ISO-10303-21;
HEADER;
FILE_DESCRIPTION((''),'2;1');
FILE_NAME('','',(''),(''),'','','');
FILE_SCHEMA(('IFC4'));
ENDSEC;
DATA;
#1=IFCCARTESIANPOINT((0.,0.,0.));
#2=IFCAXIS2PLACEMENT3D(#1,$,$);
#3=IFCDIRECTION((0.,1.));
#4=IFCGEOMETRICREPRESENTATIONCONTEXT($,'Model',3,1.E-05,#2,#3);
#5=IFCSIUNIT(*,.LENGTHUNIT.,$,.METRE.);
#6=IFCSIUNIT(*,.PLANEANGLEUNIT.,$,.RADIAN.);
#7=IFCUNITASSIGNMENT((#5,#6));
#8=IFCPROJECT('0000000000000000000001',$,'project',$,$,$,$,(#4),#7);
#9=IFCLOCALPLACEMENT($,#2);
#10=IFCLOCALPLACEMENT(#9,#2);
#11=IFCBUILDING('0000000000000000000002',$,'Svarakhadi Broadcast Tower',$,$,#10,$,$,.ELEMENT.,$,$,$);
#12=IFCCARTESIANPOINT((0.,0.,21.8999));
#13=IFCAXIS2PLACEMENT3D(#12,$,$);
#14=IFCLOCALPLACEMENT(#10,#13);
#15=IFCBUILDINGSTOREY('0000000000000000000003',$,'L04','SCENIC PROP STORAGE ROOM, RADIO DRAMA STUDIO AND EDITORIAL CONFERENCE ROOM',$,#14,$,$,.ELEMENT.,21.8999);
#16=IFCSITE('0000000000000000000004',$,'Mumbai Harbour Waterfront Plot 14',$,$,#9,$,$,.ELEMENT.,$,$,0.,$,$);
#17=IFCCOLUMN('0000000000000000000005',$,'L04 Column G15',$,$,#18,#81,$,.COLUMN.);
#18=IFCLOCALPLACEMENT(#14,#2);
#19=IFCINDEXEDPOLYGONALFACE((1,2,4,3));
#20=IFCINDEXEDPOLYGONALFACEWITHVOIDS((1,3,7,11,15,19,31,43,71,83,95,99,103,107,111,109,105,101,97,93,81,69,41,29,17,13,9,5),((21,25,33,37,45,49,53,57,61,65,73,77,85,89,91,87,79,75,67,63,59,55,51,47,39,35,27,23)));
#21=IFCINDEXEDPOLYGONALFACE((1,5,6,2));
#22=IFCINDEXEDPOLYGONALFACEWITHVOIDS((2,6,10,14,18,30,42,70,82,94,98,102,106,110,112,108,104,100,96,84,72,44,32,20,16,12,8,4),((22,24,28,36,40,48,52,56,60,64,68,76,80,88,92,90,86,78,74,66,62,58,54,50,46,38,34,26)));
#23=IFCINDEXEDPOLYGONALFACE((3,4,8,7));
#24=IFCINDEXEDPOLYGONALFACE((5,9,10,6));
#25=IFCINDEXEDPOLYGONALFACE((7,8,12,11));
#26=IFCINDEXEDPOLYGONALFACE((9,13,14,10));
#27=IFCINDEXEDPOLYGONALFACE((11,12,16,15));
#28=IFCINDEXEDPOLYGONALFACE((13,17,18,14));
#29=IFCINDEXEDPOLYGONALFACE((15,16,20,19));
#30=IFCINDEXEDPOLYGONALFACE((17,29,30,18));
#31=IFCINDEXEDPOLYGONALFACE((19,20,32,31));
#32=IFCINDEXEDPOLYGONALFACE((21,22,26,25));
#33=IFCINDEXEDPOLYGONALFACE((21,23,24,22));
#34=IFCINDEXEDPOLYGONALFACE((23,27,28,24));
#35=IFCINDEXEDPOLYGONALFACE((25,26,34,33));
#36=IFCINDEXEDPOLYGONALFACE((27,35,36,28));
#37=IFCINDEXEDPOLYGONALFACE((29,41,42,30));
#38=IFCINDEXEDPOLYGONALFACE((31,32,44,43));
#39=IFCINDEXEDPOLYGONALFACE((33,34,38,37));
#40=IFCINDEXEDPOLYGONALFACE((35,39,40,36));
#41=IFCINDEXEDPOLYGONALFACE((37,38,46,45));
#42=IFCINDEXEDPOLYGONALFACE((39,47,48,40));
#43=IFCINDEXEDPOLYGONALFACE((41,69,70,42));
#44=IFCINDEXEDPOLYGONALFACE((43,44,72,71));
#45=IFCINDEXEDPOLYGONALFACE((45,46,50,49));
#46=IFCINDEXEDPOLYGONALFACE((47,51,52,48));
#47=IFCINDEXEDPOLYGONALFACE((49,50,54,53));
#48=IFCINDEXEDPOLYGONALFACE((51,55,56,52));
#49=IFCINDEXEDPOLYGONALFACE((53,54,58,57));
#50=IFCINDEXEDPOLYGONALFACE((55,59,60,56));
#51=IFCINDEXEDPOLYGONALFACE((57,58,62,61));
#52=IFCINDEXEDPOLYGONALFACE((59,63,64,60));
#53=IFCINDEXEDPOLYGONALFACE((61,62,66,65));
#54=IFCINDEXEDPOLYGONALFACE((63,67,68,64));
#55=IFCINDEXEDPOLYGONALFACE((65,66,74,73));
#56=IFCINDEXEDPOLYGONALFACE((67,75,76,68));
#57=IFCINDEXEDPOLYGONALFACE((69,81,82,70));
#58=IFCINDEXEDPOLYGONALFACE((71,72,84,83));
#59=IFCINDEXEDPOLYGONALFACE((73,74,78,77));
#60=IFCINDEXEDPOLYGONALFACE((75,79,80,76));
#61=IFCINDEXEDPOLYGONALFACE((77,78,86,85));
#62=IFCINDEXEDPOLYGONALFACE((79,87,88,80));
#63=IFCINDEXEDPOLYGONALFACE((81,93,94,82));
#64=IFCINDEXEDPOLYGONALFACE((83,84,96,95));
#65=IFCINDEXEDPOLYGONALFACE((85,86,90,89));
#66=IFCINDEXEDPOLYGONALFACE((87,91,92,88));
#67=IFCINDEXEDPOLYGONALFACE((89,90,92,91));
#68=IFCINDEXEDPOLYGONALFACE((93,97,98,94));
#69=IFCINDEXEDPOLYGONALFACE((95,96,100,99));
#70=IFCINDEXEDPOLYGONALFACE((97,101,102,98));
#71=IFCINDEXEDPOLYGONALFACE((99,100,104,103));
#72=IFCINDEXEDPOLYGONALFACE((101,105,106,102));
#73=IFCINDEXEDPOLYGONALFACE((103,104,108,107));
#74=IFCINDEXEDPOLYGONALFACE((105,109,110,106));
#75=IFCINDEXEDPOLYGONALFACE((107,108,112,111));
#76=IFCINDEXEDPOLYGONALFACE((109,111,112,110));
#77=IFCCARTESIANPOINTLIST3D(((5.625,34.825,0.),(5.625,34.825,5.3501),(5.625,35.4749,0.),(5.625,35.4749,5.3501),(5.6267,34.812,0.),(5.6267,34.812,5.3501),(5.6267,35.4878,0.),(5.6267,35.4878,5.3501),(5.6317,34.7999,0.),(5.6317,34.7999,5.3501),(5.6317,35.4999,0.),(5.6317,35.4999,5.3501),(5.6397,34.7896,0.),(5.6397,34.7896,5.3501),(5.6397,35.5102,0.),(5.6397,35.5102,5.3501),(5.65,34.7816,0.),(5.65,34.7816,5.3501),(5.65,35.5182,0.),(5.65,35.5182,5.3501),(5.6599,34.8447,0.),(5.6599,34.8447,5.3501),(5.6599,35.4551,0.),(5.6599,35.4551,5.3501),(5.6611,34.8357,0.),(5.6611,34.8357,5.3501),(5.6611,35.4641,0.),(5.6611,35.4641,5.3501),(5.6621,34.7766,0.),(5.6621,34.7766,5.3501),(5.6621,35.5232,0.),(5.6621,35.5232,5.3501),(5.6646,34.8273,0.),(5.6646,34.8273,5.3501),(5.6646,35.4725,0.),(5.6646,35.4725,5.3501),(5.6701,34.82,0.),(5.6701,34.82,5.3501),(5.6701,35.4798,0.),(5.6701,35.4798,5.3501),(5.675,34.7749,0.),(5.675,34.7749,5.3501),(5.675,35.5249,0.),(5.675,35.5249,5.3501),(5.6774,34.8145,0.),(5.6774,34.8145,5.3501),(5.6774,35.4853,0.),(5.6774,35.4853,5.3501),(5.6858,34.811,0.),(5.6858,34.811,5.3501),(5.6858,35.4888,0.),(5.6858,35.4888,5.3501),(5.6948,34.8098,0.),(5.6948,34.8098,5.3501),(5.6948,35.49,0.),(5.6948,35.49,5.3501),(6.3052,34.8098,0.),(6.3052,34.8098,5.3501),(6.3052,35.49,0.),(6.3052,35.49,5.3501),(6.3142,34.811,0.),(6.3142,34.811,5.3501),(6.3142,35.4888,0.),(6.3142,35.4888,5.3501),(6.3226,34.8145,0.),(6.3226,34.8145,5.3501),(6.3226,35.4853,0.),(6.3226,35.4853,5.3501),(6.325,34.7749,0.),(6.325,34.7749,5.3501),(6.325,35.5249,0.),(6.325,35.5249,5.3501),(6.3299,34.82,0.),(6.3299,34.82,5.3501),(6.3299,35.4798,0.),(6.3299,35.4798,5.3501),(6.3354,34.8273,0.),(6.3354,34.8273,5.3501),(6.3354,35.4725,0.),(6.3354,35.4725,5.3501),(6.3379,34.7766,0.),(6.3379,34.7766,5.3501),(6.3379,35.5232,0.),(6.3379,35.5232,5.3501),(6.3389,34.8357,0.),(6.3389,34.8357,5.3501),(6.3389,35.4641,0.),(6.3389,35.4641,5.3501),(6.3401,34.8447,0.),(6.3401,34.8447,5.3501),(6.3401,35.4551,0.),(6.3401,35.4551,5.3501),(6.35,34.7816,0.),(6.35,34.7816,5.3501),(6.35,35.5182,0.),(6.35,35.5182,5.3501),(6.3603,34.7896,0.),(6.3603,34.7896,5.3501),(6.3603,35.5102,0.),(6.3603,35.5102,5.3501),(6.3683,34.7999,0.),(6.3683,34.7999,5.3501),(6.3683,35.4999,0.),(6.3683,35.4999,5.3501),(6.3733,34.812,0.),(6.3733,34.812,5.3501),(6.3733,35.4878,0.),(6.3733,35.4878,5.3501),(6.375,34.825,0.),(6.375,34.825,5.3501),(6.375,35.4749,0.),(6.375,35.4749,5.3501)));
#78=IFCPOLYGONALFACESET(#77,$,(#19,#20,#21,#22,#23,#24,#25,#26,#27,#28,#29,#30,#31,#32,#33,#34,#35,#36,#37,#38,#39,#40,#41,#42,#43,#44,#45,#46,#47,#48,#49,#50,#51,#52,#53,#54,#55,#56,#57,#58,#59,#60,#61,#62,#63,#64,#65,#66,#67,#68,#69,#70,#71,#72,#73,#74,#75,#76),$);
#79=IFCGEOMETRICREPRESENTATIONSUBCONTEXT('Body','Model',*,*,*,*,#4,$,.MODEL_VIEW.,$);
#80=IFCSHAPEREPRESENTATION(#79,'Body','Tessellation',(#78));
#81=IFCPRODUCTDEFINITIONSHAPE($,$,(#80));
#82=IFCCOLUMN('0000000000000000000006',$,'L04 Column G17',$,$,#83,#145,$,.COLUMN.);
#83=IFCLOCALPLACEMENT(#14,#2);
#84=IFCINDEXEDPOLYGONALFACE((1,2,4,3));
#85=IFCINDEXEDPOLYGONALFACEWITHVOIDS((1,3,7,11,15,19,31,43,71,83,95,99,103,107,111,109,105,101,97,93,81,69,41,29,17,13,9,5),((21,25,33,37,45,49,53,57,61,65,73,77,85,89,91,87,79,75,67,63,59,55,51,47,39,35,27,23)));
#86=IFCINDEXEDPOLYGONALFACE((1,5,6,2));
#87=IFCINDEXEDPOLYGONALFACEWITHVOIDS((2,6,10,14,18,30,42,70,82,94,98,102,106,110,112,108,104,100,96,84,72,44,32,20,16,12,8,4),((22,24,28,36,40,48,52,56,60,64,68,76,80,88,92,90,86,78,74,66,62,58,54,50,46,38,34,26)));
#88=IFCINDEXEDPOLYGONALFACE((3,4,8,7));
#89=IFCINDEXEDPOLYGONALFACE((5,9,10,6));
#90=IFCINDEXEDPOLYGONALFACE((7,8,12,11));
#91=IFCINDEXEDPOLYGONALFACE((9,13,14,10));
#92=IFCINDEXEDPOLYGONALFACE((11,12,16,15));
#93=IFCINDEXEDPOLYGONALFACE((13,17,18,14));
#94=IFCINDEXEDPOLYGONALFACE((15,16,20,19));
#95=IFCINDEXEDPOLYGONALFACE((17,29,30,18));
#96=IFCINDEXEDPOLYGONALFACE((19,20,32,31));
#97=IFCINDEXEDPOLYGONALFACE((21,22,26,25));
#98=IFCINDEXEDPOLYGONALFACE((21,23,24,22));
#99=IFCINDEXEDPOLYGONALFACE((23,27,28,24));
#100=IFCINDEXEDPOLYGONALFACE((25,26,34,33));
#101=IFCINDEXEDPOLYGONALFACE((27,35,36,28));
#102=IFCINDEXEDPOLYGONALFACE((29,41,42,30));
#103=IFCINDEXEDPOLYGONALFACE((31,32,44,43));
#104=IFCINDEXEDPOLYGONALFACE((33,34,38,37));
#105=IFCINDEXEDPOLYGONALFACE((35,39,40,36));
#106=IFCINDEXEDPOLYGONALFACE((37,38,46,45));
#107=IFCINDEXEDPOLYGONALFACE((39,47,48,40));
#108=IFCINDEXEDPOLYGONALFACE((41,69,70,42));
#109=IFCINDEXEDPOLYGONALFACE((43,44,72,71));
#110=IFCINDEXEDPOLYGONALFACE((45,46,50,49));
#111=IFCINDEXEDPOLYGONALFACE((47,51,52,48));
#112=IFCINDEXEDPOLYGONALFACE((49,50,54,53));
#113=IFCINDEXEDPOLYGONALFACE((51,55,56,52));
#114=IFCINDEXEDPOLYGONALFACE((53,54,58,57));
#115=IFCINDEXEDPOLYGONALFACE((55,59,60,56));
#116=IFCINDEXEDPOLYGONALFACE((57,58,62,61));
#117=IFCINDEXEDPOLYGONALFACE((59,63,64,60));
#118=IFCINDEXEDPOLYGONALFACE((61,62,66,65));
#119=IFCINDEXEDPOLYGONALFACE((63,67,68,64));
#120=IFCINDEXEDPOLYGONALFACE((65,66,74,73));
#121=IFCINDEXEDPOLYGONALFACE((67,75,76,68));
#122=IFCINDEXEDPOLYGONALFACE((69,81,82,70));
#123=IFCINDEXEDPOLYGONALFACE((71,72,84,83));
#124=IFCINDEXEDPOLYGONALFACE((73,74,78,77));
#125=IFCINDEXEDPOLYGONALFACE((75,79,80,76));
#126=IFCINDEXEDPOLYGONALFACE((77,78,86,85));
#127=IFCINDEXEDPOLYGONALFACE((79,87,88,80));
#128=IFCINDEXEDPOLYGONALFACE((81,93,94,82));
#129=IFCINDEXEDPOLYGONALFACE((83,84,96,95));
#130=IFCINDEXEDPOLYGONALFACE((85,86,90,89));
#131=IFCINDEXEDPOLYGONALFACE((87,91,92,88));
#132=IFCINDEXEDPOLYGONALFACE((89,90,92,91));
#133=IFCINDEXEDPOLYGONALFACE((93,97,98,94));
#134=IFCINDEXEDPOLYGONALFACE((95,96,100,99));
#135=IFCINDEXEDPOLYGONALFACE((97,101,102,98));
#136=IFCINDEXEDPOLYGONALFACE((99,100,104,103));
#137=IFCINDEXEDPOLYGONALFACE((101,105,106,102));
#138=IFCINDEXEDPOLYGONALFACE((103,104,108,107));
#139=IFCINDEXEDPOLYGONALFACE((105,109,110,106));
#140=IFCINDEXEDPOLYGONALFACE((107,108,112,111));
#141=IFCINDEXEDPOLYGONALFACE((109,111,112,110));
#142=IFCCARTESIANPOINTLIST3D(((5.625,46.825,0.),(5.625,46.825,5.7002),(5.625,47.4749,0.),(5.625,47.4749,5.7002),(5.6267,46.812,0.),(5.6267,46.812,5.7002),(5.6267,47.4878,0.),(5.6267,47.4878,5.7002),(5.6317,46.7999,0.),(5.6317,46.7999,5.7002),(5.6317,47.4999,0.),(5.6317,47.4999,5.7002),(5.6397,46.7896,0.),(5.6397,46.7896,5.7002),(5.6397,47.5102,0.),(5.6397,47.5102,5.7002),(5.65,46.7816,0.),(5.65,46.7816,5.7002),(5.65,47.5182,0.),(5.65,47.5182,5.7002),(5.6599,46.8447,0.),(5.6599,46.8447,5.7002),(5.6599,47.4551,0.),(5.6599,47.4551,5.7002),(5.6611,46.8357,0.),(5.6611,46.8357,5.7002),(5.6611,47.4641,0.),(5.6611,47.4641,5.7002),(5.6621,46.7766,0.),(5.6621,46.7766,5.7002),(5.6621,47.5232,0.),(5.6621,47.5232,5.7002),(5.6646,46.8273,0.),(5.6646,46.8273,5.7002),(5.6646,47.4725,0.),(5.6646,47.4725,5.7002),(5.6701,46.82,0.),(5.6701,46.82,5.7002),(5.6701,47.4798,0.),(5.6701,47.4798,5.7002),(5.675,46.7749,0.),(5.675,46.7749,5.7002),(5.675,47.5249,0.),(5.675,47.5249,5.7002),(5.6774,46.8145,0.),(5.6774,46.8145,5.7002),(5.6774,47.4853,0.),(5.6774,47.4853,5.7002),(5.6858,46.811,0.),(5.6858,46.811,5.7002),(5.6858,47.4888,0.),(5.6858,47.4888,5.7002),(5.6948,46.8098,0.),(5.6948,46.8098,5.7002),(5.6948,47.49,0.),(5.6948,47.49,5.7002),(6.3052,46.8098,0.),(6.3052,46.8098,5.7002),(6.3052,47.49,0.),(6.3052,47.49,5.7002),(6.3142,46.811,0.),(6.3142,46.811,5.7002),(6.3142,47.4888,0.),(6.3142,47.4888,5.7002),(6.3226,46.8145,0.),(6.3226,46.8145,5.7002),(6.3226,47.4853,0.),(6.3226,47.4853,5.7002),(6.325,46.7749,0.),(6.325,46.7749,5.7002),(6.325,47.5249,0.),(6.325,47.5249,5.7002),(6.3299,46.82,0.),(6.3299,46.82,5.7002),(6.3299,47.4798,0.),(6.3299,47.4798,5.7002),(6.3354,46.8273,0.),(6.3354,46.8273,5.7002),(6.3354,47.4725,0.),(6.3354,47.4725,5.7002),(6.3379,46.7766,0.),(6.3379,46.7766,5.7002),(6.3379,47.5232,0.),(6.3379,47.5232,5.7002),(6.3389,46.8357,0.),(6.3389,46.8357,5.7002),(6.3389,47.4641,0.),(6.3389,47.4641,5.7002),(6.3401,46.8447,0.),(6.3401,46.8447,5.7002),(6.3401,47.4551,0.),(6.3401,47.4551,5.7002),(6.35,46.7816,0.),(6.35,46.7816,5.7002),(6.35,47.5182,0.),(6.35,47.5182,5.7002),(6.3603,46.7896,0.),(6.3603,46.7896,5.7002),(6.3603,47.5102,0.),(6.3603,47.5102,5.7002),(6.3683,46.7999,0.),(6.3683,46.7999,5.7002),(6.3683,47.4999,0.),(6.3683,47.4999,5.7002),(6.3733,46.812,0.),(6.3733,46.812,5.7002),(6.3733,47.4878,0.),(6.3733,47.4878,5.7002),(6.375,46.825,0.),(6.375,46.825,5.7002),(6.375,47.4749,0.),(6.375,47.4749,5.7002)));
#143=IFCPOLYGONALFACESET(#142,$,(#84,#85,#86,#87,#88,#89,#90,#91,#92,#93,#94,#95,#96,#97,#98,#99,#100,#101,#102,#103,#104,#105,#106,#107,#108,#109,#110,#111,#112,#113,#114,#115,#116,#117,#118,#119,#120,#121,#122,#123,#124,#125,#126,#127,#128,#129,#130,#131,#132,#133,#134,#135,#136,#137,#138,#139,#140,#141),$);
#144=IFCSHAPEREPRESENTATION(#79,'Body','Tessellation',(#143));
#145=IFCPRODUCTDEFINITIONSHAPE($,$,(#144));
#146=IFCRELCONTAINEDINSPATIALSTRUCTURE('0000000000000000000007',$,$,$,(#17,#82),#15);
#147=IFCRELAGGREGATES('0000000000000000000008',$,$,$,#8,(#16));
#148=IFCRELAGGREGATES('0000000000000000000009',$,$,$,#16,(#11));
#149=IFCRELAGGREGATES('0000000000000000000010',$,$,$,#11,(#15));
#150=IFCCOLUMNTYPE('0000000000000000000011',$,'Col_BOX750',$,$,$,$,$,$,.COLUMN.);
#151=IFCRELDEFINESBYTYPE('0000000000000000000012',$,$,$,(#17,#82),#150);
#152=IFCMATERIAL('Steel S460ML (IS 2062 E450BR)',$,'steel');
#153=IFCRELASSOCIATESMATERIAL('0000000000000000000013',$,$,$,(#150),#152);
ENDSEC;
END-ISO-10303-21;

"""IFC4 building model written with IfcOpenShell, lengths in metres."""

from ifc_helpers import new_model, si_unit, direction, frame, origin, origin_2d, place, context, subcontext, project, spatial, hollow_rectangle, extrude, material, material_profile, profile_set, type_object, element, save


model = new_model("IFC4")

# Units and contexts
model_context = context("Model", 3, precision=1e-05, world=origin(), true_north=direction((0.0, 1.0)))
body_context = subcontext(model_context, "Body", "Model", "MODEL_VIEW")
ifc_project = project(units=[si_unit("LENGTHUNIT", "METRE"), si_unit("PLANEANGLEUNIT", "RADIAN")], contexts=[model_context])

# Site, building, storey
site_placement = place(None, origin())
site = spatial("IfcSite", under=ifc_project, at=site_placement, Name="Mumbai Harbour Waterfront Plot 14", CompositionType="ELEMENT", RefElevation=0.0)
building_placement = place(site_placement, origin())
building = spatial("IfcBuilding", under=site, at=building_placement, Name="Svarakhadi Broadcast Tower", CompositionType="ELEMENT")
storey_placement = place(building_placement, frame((0.0, 0.0, 21.8999)))
storey = spatial("IfcBuildingStorey", under=building, at=storey_placement, Name="L04", Description="SCENIC PROP STORAGE ROOM, RADIO DRAMA STUDIO AND EDITORIAL CONFERENCE ROOM", CompositionType="ELEMENT", Elevation=21.8999)

# Columns
ifc_material_1 = material(Name="Steel S460ML (IS 2062 E450BR)", Category="steel")
ifc_material_profile_1 = material_profile(ifc_material_1, hollow_rectangle(XDim=0.75, YDim=0.75, WallThickness=0.0349, InnerFilletRadius=0.0349, OuterFilletRadius=0.05, at=origin_2d()), Name="BOX 750x750x35")
ifc_profile_set_1 = profile_set([ifc_material_profile_1], Name="Steel S460ML (IS 2062 E450BR)")
column_type_1 = type_object("IfcColumnType", Name="Col_BOX750", PredefinedType="COLUMN", material=ifc_profile_set_1)
column_1_placement = place(storey_placement, frame((6.0, 35.1499, 0.0), z_axis=(0.0, 0.0, 1.0), x_axis=(1.0, 0.0, 0.0)))
element("IfcColumn", 1, at=column_1_placement, inside=storey, type_object=column_type_1, Name="L04 Column G15", PredefinedType="COLUMN", context=body_context, shape_type="SweptSolid", body=[
    extrude(hollow_rectangle(XDim=0.75, YDim=0.75, WallThickness=0.0349, InnerFilletRadius=0.0349, OuterFilletRadius=0.05, at=origin_2d()), origin(), (0.0, 0.0, 1.0), 5.3501),
])
for number, where, z_axis, x_axis, name in (
    (2, (6.0, 47.1499, 0.0), (0.0, 0.0, 1.0), (1.0, 0.0, 0.0), "L04 Column G17"),
):
    element("IfcColumn", number, at=place(storey_placement, frame(where, z_axis=z_axis, x_axis=x_axis)), inside=storey, type_object=column_type_1, Name=name, PredefinedType="COLUMN", context=body_context, shape_type="SweptSolid", body=[
        extrude(hollow_rectangle(XDim=0.75, YDim=0.75, WallThickness=0.0349, InnerFilletRadius=0.0349, OuterFilletRadius=0.05, at=origin_2d()), origin(), (0.0, 0.0, 1.0), 5.7002),
    ])

save(model, "model.ifc")
